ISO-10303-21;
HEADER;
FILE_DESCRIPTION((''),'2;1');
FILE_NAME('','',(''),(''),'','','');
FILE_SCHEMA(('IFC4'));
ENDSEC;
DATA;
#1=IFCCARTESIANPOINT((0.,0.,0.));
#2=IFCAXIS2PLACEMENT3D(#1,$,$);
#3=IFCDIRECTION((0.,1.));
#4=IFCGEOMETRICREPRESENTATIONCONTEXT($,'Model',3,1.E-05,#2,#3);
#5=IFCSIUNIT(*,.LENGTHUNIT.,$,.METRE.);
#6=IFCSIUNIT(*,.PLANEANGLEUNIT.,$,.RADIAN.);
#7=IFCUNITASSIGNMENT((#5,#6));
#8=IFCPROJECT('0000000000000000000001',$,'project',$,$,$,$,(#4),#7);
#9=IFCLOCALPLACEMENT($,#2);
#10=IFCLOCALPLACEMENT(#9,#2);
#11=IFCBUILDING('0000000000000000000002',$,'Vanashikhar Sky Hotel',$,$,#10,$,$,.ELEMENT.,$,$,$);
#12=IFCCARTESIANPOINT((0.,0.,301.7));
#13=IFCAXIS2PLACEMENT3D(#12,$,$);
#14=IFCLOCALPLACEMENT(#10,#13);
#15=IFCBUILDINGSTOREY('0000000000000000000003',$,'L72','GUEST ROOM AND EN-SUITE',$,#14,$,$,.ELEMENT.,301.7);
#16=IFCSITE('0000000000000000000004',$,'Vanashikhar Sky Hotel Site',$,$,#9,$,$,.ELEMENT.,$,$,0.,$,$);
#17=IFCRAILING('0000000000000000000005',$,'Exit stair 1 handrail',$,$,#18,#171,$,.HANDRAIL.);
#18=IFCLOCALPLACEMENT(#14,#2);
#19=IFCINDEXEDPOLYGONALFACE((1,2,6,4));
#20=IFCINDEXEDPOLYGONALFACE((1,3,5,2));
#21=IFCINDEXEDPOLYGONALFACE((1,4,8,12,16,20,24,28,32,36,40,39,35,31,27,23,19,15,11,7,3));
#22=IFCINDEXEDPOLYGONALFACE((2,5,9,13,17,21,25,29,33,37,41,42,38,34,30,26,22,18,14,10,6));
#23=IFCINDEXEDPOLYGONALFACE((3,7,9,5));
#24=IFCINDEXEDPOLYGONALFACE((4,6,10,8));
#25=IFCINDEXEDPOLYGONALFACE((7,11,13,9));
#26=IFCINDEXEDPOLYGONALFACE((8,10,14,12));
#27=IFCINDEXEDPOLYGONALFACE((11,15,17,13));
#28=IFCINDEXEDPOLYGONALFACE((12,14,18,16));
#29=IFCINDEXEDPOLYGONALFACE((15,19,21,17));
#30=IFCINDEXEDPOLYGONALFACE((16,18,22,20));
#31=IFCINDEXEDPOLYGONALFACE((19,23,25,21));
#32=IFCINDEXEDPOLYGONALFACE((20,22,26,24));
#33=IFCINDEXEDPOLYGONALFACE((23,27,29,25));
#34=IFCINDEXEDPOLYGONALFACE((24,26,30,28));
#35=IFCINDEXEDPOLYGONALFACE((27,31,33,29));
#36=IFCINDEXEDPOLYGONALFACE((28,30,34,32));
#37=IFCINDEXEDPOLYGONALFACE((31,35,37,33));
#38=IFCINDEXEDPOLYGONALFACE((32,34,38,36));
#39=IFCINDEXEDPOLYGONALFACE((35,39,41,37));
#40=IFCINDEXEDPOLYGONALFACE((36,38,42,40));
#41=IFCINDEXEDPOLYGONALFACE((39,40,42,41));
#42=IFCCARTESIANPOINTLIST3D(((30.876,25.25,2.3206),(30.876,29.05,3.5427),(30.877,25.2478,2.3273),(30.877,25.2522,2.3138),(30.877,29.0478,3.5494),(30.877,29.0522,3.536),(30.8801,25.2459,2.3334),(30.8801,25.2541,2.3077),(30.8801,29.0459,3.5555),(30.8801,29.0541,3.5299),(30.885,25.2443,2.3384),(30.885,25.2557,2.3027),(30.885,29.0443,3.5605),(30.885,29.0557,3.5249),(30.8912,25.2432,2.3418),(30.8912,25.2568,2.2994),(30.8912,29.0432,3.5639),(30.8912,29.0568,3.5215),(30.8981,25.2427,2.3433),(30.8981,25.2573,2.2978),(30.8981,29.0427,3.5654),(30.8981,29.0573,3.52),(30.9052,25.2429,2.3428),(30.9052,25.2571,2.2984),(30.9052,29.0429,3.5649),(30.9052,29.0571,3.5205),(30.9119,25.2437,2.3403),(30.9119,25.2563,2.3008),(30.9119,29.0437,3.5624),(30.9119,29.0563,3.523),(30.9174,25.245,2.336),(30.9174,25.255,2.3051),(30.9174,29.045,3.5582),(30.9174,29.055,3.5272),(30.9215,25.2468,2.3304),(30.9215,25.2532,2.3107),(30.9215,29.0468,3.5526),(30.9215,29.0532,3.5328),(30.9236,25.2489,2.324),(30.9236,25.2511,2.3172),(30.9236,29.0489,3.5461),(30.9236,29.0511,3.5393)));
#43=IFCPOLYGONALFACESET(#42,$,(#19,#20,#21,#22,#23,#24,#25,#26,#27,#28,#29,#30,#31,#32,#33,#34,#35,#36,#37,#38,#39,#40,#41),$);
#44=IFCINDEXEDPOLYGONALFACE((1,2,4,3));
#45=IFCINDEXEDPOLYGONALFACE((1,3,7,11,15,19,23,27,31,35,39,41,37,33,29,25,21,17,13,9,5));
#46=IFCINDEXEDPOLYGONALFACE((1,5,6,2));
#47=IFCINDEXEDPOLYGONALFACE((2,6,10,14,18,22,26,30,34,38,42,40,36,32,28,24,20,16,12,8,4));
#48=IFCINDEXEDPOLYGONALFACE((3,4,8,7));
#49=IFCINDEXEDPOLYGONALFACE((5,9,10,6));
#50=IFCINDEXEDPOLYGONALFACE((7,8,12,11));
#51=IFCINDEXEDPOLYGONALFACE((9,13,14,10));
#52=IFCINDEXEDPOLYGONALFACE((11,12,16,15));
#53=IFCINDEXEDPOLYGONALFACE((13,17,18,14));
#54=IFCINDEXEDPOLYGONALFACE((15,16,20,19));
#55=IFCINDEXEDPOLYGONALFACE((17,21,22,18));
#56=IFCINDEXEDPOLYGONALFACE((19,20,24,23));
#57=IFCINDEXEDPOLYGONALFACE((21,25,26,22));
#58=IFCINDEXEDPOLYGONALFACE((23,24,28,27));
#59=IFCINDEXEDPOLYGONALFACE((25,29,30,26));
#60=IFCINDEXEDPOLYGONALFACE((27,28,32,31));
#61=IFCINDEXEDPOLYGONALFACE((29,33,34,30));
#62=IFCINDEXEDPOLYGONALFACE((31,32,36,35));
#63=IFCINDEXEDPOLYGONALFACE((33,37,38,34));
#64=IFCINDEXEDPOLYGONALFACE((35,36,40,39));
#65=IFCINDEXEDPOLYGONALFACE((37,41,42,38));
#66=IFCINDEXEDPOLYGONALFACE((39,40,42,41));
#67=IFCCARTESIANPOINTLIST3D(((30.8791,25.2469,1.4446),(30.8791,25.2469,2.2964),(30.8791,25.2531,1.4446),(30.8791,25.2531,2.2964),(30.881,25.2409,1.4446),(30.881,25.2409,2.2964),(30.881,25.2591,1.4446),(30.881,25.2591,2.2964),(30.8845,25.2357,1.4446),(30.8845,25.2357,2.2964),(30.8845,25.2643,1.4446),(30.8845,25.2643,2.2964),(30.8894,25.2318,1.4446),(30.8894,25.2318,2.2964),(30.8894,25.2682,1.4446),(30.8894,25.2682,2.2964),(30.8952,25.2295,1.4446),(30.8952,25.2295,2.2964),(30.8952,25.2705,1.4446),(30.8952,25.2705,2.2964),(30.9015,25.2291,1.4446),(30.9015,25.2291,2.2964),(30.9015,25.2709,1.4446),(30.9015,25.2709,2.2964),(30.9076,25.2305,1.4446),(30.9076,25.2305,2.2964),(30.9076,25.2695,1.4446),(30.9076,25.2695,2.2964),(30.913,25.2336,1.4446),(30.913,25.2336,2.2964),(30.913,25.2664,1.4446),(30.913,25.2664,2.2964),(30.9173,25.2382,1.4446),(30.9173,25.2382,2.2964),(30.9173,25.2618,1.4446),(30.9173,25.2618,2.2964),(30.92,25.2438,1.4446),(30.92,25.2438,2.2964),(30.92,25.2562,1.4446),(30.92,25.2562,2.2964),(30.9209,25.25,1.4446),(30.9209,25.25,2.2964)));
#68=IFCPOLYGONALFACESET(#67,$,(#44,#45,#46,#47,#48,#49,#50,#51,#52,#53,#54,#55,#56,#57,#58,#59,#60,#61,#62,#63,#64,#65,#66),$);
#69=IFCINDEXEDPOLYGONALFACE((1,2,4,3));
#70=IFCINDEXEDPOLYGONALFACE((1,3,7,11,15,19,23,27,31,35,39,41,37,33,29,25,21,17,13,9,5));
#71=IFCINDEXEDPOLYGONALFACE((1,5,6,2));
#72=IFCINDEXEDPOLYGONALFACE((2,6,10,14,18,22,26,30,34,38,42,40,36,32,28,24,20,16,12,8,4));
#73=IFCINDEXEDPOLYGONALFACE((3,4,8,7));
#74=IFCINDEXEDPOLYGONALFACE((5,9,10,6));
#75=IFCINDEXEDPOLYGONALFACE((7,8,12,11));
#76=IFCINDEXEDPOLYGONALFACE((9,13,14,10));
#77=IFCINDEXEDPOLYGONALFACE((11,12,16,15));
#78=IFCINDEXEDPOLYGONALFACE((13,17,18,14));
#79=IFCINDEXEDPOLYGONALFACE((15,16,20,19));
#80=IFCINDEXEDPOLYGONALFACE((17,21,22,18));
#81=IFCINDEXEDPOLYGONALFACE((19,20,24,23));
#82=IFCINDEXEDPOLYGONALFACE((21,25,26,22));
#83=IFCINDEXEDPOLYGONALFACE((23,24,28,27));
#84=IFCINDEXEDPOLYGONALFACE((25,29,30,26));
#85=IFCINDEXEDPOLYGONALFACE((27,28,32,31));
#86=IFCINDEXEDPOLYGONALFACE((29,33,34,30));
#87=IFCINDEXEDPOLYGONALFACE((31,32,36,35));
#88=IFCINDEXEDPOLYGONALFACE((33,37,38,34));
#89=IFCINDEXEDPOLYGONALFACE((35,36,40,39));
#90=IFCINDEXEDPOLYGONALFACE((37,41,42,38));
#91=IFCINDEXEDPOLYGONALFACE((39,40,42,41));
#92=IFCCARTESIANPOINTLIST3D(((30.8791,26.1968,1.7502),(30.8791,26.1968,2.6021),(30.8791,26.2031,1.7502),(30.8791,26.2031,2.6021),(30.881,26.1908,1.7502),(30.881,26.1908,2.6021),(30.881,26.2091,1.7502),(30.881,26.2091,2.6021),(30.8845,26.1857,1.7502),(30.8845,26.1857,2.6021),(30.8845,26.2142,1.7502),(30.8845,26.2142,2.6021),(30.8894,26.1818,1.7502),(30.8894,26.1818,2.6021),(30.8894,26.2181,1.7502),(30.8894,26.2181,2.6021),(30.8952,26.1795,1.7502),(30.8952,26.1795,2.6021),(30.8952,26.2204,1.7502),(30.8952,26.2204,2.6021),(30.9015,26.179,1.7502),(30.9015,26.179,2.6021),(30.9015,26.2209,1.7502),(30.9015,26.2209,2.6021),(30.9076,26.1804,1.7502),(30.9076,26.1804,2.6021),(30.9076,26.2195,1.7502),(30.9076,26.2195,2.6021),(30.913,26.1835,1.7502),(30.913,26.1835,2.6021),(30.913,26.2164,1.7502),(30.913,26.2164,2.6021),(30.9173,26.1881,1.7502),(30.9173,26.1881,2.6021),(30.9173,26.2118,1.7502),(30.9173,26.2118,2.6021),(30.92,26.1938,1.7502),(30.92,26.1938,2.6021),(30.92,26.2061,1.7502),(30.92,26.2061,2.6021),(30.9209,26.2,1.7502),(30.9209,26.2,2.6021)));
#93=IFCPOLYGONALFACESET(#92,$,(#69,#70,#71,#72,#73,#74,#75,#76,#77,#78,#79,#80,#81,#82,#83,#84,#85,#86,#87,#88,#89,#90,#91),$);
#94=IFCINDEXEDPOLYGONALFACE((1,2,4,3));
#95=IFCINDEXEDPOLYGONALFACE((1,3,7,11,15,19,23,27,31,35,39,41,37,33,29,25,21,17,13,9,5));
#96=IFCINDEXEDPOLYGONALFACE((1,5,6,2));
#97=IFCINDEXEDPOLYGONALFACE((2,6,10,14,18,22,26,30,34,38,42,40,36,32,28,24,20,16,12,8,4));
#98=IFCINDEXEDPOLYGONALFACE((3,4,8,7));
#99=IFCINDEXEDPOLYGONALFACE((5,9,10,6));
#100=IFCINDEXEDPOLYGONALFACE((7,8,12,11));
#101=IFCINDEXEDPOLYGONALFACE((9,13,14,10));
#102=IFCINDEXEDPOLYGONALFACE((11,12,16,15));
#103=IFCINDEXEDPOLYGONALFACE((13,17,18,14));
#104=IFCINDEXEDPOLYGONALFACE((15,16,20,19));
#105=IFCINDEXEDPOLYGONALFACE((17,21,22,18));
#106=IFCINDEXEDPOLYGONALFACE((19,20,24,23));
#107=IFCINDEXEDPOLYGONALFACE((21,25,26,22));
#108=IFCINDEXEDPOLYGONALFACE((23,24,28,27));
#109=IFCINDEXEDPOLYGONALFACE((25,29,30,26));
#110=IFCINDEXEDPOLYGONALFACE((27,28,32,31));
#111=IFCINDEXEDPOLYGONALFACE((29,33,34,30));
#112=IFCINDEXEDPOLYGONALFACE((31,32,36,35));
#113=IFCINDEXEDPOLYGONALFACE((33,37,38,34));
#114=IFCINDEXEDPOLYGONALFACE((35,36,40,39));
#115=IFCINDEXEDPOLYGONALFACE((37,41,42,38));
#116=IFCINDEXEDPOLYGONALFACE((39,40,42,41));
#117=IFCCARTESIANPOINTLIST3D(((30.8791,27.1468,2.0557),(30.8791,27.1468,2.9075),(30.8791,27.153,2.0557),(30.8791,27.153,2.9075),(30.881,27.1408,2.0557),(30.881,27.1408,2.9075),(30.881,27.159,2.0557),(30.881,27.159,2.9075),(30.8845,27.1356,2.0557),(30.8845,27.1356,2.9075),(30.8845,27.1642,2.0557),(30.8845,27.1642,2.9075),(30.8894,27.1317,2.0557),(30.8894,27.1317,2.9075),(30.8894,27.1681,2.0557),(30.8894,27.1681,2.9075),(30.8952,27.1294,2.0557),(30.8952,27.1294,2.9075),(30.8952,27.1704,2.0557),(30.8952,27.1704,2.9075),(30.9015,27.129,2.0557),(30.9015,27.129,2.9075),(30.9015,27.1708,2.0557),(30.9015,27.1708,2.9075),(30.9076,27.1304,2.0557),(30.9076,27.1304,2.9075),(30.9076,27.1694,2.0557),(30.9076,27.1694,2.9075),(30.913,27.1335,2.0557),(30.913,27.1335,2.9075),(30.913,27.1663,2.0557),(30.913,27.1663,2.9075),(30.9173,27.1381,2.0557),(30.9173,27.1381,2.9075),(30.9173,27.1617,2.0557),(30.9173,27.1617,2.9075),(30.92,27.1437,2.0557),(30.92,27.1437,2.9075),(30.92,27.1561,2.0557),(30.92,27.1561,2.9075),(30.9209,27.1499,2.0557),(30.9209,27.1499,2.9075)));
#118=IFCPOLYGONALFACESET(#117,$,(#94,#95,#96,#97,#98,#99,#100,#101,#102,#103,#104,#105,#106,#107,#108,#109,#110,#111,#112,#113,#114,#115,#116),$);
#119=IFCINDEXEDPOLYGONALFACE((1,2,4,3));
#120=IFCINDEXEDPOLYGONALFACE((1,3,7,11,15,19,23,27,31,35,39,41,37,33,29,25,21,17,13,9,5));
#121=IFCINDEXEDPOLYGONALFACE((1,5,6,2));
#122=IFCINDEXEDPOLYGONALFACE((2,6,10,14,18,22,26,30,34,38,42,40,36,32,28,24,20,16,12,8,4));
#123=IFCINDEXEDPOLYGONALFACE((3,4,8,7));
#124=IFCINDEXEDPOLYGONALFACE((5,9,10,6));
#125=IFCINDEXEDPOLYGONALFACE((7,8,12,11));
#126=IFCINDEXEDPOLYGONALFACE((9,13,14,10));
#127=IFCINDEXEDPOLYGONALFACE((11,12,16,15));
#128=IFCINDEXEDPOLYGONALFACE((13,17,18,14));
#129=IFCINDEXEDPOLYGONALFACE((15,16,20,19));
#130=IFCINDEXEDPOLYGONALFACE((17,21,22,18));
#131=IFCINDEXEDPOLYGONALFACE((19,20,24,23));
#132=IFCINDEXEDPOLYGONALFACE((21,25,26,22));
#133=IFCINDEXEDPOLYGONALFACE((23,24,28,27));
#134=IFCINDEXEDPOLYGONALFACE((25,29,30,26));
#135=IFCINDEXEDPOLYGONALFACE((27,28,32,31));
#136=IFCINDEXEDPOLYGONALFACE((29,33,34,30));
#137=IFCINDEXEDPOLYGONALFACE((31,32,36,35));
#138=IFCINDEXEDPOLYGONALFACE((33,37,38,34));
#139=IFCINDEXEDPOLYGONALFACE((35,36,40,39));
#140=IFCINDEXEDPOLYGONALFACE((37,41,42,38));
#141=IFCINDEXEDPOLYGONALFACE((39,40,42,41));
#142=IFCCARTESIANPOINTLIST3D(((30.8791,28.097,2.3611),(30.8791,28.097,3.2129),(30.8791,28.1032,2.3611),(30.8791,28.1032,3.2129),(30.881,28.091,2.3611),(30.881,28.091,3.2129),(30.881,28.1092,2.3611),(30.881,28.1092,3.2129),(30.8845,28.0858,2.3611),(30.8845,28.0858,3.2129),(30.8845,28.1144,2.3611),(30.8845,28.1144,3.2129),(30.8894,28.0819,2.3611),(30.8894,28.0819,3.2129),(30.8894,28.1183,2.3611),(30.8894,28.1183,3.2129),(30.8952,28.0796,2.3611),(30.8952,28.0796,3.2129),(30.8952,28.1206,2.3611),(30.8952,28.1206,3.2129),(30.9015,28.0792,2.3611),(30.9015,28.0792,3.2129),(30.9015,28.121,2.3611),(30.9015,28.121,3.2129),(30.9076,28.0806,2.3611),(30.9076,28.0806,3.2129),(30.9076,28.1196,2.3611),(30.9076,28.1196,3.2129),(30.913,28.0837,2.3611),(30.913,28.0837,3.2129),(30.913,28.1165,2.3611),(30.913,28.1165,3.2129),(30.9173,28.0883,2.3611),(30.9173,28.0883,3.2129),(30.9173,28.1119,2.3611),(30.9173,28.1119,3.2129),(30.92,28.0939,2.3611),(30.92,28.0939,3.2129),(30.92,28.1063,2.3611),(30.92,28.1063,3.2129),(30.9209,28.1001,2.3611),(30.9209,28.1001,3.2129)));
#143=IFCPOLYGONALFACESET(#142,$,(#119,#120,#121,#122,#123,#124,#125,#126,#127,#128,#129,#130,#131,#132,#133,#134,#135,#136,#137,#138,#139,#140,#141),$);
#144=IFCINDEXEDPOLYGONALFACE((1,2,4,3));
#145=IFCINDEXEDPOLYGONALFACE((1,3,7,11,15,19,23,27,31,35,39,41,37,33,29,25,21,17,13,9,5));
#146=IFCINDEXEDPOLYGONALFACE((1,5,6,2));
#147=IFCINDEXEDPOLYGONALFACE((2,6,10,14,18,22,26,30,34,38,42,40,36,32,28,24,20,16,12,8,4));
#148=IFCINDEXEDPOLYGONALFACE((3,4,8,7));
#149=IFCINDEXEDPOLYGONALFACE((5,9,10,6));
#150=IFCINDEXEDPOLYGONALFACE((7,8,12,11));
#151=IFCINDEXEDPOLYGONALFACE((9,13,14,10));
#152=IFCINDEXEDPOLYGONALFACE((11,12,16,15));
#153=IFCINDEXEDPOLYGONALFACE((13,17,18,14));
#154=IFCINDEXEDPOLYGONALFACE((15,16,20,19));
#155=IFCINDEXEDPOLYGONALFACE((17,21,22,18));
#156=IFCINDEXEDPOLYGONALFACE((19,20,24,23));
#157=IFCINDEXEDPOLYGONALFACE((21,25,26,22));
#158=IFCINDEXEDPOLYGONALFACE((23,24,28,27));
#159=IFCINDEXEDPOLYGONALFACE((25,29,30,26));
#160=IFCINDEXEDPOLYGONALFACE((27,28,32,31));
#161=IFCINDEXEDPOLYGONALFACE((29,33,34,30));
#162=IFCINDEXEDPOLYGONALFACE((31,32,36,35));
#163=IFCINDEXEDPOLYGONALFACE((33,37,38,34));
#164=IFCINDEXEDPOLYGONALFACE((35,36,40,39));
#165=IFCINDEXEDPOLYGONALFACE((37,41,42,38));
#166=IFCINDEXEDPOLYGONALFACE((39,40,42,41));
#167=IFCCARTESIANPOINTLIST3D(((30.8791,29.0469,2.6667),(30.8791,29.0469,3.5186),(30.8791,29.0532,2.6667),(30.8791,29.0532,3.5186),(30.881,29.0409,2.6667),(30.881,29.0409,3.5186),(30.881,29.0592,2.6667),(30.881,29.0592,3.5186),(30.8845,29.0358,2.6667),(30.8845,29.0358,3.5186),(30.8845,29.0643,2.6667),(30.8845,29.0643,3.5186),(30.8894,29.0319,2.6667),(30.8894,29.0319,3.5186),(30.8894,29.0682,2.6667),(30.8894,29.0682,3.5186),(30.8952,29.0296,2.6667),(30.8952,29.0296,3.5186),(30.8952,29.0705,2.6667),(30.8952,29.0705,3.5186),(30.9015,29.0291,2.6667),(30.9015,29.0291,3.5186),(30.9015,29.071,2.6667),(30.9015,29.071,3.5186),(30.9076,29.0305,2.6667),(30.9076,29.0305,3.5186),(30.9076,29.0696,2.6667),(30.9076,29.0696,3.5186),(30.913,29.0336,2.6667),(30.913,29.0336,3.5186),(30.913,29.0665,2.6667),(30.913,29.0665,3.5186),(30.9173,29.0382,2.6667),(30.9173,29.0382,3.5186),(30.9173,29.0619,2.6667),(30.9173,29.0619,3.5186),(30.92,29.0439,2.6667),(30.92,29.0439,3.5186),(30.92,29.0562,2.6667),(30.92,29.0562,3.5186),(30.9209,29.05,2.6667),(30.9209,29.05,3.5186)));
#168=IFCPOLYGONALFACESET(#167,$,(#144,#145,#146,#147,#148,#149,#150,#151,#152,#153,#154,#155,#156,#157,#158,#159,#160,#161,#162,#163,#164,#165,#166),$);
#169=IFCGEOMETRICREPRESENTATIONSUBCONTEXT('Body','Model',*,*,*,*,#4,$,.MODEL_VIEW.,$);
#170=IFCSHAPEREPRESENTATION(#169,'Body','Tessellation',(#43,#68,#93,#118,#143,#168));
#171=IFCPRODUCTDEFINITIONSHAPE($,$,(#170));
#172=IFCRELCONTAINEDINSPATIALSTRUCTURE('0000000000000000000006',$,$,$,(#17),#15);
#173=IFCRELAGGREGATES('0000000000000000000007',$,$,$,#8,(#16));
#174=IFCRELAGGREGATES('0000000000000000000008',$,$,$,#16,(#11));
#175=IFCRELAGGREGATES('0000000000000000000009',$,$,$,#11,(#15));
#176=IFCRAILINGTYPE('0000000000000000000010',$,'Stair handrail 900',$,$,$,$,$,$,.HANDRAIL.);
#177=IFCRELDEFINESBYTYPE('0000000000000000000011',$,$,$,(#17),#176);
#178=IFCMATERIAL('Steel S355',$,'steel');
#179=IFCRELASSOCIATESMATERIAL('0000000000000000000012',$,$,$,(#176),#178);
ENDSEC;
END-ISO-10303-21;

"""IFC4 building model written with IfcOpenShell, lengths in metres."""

from ifc_helpers import new_model, si_unit, direction, frame, origin, origin_2d, place, context, subcontext, project, spatial, circle, extrude, source, transform, mapped, material, type_object, element, save


model = new_model("IFC4")

# Units and contexts
model_context = context("Model", 3, precision=1e-05, world=origin(), true_north=direction((0.0, 1.0)))
body_context = subcontext(model_context, "Body", "Model", "MODEL_VIEW")
ifc_project = project(units=[si_unit("LENGTHUNIT", "METRE"), si_unit("PLANEANGLEUNIT", "RADIAN")], contexts=[model_context])

# Site, building, storey
site_placement = place(None, origin())
site = spatial("IfcSite", under=ifc_project, at=site_placement, Name="Vanashikhar Sky Hotel Site", CompositionType="ELEMENT", RefElevation=0.0)
building_placement = place(site_placement, origin())
building = spatial("IfcBuilding", under=site, at=building_placement, Name="Vanashikhar Sky Hotel", CompositionType="ELEMENT")
storey_placement = place(building_placement, frame((0.0, 0.0, 301.7)))
storey = spatial("IfcBuildingStorey", under=building, at=storey_placement, Name="L72", Description="GUEST ROOM AND EN-SUITE", CompositionType="ELEMENT", Elevation=301.7)

# Railing
ifc_material_1 = material(Name="Steel S355", Category="steel")
railing_type_1 = type_object("IfcRailingType", Name="Stair handrail 900", PredefinedType="HANDRAIL", material=ifc_material_1)
shared_shape_1 = source(origin(), body_context, "Body", "SweptSolid", [
    extrude(circle(Radius=0.0239, at=origin_2d()), frame((0.0, 0.0, 0.876), z_axis=(0.0, 0.951976, 0.306173), x_axis=(-1.0, 0.0, 0.0)), (0.0, 0.0, 1.0), 3.9917),
    extrude(circle(Radius=0.021, at=origin_2d()), origin(), (0.0, 0.0, 1.0), 0.8518),
    extrude(circle(Radius=0.021, at=origin_2d()), frame((0.0, 0.95, 0.3057)), (0.0, 0.0, 1.0), 0.8518),
    extrude(circle(Radius=0.021, at=origin_2d()), frame((0.0, 1.8999, 0.6111)), (0.0, 0.0, 1.0), 0.8518),
    extrude(circle(Radius=0.021, at=origin_2d()), frame((0.0, 2.8501, 0.9165)), (0.0, 0.0, 1.0), 0.8518),
    extrude(circle(Radius=0.021, at=origin_2d()), frame((0.0, 3.8, 1.2222)), (0.0, 0.0, 1.0), 0.8518),
])
for number, where, name in (
    (1, (30.8999, 25.25, 1.4446), "Exit stair 1 handrail"),
):
    element("IfcRailing", number, at=place(storey_placement, frame(where)), inside=storey, type_object=railing_type_1, Name=name, PredefinedType="HANDRAIL", context=body_context, shape_type="MappedRepresentation", body=[
        mapped(shared_shape_1, transform((0.0, 0.0, 0.0), scale=1.0)),
    ])

save(model, "model.ifc")
